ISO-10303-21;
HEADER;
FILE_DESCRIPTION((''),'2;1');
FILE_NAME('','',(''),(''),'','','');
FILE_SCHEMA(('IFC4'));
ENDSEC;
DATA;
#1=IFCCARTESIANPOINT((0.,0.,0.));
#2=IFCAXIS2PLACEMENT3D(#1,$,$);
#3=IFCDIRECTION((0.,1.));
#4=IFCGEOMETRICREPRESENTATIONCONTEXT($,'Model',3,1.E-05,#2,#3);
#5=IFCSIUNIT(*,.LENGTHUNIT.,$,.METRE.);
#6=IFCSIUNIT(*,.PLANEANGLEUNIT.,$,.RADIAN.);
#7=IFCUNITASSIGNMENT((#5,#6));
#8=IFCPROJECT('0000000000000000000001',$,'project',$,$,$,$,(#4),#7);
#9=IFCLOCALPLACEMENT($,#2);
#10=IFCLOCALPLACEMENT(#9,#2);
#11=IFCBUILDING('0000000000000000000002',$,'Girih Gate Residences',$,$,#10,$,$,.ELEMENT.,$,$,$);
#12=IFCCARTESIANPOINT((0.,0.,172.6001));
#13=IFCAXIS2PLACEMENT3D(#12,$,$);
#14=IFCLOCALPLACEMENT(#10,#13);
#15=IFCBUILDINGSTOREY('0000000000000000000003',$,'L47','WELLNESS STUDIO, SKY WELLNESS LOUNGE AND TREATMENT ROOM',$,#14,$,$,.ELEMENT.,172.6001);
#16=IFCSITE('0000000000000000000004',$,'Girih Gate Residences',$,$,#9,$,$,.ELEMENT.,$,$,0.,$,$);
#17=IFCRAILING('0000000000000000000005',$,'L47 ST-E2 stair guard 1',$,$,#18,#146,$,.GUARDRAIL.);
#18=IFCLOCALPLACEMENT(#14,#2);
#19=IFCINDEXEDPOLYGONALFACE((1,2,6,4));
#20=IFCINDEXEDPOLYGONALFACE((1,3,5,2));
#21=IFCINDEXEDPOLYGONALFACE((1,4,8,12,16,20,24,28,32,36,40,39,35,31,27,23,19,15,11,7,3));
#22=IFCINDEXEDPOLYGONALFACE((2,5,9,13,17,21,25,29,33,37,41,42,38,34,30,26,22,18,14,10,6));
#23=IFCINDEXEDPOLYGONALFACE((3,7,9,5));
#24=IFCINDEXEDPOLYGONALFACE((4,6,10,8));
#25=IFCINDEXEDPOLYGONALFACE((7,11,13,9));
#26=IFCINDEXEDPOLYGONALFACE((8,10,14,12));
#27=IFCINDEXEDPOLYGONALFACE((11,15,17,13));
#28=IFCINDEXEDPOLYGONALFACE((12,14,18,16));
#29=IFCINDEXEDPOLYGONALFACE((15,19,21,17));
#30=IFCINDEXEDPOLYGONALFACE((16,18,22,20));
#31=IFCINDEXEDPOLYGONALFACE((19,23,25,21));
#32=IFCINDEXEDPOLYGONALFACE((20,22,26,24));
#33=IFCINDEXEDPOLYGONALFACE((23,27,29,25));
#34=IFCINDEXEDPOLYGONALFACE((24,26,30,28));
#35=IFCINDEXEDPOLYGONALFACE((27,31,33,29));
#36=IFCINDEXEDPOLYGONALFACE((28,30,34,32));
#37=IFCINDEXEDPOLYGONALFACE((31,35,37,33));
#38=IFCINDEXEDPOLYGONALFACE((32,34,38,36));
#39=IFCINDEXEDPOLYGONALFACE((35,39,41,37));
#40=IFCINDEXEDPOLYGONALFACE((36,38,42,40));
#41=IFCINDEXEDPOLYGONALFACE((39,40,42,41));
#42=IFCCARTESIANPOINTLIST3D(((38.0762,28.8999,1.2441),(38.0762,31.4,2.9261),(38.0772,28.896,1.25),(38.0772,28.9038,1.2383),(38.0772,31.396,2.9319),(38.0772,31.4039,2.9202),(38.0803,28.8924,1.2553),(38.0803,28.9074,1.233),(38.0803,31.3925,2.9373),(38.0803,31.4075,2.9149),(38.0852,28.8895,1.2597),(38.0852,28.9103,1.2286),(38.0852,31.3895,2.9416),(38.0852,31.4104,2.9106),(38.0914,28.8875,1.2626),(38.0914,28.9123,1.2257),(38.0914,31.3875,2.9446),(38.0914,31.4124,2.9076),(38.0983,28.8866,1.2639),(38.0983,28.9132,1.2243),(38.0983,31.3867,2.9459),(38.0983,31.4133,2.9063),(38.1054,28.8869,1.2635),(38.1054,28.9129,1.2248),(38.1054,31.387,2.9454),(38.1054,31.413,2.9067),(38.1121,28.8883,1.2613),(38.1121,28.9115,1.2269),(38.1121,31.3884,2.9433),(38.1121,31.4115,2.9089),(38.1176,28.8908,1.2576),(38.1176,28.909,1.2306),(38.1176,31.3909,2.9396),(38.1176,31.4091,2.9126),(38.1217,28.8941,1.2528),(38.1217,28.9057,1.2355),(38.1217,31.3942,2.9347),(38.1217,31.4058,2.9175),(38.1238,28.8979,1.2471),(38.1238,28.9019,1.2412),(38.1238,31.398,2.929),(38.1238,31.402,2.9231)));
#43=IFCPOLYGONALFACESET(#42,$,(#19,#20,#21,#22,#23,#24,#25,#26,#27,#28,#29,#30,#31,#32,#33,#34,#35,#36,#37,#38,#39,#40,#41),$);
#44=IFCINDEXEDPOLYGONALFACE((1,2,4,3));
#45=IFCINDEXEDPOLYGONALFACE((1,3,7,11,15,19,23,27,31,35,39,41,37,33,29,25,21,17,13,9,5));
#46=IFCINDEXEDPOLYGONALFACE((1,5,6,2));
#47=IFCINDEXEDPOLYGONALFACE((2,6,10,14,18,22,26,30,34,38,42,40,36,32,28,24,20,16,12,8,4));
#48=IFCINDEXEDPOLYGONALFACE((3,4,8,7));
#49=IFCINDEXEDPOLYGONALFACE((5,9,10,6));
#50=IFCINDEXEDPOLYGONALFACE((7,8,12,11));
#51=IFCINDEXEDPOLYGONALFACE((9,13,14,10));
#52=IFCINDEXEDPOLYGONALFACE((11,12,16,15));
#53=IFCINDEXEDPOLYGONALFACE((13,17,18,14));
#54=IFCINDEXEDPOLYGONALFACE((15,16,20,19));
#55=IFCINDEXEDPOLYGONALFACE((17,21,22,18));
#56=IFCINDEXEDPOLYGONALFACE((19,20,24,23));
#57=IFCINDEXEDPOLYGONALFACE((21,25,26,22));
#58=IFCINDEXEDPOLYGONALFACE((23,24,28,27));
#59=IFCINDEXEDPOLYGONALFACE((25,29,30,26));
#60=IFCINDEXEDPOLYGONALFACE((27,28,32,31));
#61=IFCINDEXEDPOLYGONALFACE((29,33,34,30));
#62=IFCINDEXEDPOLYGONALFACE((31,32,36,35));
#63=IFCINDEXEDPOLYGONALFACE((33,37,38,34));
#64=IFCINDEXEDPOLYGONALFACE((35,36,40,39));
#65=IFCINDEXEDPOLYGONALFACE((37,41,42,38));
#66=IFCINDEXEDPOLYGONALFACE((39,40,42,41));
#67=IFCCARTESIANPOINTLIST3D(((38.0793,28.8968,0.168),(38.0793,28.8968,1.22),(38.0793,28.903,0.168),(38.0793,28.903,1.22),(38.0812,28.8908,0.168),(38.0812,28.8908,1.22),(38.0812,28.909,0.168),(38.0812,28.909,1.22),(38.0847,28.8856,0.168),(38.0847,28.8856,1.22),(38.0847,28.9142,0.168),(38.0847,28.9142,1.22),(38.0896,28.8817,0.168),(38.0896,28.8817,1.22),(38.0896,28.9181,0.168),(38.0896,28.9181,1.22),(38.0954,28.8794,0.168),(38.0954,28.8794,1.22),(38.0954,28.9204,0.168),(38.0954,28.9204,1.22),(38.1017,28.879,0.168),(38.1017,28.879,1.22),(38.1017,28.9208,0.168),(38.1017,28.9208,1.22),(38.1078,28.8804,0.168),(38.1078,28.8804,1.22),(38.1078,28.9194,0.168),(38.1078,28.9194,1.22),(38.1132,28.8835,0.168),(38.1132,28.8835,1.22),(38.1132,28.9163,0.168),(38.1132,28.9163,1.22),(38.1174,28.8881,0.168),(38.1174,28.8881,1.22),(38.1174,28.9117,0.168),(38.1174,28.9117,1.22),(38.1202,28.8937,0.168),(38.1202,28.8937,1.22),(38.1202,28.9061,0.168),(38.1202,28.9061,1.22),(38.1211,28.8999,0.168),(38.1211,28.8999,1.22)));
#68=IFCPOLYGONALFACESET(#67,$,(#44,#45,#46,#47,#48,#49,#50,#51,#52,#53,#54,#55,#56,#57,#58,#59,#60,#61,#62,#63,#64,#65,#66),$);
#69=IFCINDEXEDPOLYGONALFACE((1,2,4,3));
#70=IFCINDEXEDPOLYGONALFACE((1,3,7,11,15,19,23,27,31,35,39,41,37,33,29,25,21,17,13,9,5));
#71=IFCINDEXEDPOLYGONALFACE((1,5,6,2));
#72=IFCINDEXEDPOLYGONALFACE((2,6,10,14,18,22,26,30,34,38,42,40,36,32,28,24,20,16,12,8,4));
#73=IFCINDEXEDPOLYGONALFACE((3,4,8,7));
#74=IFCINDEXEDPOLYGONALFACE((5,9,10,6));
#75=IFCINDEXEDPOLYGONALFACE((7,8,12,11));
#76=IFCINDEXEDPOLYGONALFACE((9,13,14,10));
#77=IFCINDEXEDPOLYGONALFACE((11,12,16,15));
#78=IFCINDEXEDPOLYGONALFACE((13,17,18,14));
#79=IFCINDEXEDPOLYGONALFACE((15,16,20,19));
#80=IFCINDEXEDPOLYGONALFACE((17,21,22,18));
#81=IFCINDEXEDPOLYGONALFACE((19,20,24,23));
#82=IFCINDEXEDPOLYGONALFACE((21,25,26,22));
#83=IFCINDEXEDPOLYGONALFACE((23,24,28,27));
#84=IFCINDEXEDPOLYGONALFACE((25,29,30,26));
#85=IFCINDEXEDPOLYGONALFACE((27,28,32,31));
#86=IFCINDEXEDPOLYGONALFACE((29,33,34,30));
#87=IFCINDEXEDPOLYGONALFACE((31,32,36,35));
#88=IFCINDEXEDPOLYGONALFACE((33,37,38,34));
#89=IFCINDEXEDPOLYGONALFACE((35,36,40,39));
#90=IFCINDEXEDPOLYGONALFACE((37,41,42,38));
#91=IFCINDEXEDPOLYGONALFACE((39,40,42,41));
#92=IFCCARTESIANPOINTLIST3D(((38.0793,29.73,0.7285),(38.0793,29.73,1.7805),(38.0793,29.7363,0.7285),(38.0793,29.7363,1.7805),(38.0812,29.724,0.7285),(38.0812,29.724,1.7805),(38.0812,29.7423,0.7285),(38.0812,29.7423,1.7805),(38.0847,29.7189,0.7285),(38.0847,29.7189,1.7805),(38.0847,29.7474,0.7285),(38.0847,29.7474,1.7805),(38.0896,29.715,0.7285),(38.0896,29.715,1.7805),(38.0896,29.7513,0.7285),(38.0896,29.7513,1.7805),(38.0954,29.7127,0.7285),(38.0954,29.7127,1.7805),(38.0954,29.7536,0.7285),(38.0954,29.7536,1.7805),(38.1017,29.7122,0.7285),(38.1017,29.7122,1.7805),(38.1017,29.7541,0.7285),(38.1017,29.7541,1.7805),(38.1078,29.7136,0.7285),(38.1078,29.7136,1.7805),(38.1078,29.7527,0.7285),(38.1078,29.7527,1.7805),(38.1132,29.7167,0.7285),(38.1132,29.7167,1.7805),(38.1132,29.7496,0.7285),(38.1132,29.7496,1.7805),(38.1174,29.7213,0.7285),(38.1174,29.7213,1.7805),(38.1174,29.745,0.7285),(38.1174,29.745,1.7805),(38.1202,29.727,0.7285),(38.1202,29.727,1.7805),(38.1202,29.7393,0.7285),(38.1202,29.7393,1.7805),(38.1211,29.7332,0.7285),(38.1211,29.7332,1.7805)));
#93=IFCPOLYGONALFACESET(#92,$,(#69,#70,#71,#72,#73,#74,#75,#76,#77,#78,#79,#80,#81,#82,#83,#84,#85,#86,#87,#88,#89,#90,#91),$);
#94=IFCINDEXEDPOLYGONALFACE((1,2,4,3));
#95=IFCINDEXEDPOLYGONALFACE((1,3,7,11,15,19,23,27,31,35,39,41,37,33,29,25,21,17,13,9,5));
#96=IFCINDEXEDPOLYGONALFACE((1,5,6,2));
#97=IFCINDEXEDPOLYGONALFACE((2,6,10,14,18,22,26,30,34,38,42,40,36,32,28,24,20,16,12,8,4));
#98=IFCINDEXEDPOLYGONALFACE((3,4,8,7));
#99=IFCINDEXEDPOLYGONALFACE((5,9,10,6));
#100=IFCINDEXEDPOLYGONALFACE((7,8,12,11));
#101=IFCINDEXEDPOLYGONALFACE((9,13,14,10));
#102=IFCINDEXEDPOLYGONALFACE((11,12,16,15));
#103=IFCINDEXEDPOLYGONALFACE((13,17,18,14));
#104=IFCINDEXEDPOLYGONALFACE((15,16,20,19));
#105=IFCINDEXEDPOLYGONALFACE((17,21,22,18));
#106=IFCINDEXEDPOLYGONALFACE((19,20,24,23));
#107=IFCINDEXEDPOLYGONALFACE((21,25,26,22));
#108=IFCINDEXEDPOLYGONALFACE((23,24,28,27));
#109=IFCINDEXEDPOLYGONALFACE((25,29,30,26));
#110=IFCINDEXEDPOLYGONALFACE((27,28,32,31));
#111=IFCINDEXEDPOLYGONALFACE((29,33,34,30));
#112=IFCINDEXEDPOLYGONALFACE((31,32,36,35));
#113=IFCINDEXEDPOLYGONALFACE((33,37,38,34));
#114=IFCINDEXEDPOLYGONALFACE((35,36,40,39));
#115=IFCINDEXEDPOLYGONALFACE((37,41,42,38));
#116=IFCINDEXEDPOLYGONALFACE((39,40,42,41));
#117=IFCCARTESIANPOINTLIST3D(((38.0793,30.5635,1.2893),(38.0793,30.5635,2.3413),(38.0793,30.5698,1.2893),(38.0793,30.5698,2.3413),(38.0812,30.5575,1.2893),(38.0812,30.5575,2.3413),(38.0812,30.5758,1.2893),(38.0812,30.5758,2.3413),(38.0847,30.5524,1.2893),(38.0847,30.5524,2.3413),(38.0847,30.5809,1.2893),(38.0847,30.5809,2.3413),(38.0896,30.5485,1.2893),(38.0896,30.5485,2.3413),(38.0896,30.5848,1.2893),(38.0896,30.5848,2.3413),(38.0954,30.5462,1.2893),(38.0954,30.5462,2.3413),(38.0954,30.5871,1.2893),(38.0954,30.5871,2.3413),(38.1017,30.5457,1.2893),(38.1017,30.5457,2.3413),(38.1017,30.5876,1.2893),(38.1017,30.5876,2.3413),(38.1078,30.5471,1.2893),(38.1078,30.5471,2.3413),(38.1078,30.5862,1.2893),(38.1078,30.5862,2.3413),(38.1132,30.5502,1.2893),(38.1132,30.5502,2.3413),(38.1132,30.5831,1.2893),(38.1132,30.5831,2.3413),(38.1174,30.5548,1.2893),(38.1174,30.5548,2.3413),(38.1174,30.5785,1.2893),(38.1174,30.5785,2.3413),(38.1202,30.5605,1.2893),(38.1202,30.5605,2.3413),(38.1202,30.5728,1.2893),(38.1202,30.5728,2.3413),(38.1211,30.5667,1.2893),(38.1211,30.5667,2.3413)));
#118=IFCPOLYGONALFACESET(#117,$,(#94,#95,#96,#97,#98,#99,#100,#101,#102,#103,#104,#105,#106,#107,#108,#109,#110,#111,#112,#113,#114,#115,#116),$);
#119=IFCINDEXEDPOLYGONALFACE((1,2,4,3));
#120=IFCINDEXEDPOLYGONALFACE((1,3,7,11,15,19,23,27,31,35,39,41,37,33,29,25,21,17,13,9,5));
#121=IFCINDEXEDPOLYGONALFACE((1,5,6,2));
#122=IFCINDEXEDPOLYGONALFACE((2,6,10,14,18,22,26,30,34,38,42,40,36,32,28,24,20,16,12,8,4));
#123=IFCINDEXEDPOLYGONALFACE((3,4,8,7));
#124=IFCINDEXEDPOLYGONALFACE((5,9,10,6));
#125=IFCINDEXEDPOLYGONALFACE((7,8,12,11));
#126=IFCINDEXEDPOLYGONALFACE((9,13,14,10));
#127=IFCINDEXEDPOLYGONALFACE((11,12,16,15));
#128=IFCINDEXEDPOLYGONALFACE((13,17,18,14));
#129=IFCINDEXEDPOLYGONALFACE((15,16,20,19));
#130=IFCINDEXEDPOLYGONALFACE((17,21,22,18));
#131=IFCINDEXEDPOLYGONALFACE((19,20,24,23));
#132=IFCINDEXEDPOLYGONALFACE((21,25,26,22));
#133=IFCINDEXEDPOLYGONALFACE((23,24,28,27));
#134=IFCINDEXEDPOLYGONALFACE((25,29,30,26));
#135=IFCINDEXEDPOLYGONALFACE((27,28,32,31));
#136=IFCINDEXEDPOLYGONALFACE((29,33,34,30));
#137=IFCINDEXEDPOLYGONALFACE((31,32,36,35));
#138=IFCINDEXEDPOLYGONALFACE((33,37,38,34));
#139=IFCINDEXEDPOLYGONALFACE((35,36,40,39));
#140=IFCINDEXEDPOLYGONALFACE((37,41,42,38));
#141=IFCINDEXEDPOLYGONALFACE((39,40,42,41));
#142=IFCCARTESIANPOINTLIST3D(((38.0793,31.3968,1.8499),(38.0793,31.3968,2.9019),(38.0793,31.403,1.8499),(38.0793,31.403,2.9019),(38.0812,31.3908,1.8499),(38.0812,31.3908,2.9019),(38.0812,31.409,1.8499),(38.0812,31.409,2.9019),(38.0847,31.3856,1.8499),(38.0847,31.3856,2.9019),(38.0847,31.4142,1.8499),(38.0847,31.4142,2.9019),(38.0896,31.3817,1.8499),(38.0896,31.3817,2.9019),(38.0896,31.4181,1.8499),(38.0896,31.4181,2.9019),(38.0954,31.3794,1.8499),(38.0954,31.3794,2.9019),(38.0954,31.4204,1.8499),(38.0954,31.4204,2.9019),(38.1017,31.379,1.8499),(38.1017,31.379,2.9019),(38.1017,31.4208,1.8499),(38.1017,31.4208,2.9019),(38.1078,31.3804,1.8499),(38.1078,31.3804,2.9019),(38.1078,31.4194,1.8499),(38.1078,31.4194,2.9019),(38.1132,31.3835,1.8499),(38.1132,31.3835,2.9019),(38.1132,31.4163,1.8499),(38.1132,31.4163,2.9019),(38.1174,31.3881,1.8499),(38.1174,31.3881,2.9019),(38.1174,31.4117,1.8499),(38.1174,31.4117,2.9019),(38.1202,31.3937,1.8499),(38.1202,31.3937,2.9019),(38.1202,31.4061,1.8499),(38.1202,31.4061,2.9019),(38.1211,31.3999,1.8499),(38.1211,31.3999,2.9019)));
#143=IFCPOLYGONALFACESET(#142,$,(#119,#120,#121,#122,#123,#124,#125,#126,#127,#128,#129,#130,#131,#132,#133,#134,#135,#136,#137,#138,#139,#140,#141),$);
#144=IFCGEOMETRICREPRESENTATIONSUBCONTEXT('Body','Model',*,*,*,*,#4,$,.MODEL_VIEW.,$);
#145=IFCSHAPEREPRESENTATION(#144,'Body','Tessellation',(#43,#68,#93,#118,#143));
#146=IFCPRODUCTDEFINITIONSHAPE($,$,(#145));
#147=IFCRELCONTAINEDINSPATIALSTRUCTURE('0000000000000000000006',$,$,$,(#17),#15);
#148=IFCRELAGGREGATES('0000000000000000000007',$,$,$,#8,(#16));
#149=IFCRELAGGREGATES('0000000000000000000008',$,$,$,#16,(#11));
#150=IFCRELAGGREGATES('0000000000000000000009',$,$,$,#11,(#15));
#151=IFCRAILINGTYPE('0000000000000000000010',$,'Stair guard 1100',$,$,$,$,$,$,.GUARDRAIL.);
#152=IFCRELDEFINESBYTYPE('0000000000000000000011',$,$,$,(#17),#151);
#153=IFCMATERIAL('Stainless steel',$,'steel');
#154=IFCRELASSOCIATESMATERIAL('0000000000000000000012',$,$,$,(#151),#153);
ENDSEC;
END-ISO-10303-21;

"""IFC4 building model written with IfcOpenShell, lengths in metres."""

from ifc_helpers import new_model, si_unit, direction, frame, origin, origin_2d, place, context, subcontext, project, spatial, circle, extrude, material, type_object, element, save


model = new_model("IFC4")

# Units and contexts
model_context = context("Model", 3, precision=1e-05, world=origin(), true_north=direction((0.0, 1.0)))
body_context = subcontext(model_context, "Body", "Model", "MODEL_VIEW")
ifc_project = project(units=[si_unit("LENGTHUNIT", "METRE"), si_unit("PLANEANGLEUNIT", "RADIAN")], contexts=[model_context])

# Site, building, storey
site_placement = place(None, origin())
site = spatial("IfcSite", under=ifc_project, at=site_placement, Name="Girih Gate Residences", CompositionType="ELEMENT", RefElevation=0.0)
building_placement = place(site_placement, origin())
building = spatial("IfcBuilding", under=site, at=building_placement, Name="Girih Gate Residences", CompositionType="ELEMENT")
storey_placement = place(building_placement, frame((0.0, 0.0, 172.6001)))
storey = spatial("IfcBuildingStorey", under=building, at=storey_placement, Name="L47", Description="WELLNESS STUDIO, SKY WELLNESS LOUNGE AND TREATMENT ROOM", CompositionType="ELEMENT", Elevation=172.6001)

# Railing
ifc_material_1 = material(Name="Stainless steel", Category="steel")
railing_type = type_object("IfcRailingType", Name="Stair guard 1100", PredefinedType="GUARDRAIL", material=ifc_material_1)
railing_placement = place(storey_placement, frame((38.1001, 28.8999, 0.168)))
element("IfcRailing", 1, at=railing_placement, inside=storey, type_object=railing_type, Name="L47 ST-E2 stair guard 1", PredefinedType="GUARDRAIL", context=body_context, shape_type="SweptSolid", body=[
    extrude(circle(Radius=0.0239, at=origin_2d()), frame((0.0, 0.0, 1.0762), z_axis=(0.0, 0.829712, 0.558192), x_axis=(-1.0, 0.0, 0.0)), (0.0, 0.0, 1.0), 3.0132),
    extrude(circle(Radius=0.021, at=origin_2d()), origin(), (0.0, 0.0, 1.0), 1.052),
    extrude(circle(Radius=0.021, at=origin_2d()), frame((0.0, 0.8333, 0.5605)), (0.0, 0.0, 1.0), 1.052),
    extrude(circle(Radius=0.021, at=origin_2d()), frame((0.0, 1.6667, 1.1213)), (0.0, 0.0, 1.0), 1.052),
    extrude(circle(Radius=0.021, at=origin_2d()), frame((0.0, 2.5, 1.6819)), (0.0, 0.0, 1.0), 1.052),
])

save(model, "model.ifc")
